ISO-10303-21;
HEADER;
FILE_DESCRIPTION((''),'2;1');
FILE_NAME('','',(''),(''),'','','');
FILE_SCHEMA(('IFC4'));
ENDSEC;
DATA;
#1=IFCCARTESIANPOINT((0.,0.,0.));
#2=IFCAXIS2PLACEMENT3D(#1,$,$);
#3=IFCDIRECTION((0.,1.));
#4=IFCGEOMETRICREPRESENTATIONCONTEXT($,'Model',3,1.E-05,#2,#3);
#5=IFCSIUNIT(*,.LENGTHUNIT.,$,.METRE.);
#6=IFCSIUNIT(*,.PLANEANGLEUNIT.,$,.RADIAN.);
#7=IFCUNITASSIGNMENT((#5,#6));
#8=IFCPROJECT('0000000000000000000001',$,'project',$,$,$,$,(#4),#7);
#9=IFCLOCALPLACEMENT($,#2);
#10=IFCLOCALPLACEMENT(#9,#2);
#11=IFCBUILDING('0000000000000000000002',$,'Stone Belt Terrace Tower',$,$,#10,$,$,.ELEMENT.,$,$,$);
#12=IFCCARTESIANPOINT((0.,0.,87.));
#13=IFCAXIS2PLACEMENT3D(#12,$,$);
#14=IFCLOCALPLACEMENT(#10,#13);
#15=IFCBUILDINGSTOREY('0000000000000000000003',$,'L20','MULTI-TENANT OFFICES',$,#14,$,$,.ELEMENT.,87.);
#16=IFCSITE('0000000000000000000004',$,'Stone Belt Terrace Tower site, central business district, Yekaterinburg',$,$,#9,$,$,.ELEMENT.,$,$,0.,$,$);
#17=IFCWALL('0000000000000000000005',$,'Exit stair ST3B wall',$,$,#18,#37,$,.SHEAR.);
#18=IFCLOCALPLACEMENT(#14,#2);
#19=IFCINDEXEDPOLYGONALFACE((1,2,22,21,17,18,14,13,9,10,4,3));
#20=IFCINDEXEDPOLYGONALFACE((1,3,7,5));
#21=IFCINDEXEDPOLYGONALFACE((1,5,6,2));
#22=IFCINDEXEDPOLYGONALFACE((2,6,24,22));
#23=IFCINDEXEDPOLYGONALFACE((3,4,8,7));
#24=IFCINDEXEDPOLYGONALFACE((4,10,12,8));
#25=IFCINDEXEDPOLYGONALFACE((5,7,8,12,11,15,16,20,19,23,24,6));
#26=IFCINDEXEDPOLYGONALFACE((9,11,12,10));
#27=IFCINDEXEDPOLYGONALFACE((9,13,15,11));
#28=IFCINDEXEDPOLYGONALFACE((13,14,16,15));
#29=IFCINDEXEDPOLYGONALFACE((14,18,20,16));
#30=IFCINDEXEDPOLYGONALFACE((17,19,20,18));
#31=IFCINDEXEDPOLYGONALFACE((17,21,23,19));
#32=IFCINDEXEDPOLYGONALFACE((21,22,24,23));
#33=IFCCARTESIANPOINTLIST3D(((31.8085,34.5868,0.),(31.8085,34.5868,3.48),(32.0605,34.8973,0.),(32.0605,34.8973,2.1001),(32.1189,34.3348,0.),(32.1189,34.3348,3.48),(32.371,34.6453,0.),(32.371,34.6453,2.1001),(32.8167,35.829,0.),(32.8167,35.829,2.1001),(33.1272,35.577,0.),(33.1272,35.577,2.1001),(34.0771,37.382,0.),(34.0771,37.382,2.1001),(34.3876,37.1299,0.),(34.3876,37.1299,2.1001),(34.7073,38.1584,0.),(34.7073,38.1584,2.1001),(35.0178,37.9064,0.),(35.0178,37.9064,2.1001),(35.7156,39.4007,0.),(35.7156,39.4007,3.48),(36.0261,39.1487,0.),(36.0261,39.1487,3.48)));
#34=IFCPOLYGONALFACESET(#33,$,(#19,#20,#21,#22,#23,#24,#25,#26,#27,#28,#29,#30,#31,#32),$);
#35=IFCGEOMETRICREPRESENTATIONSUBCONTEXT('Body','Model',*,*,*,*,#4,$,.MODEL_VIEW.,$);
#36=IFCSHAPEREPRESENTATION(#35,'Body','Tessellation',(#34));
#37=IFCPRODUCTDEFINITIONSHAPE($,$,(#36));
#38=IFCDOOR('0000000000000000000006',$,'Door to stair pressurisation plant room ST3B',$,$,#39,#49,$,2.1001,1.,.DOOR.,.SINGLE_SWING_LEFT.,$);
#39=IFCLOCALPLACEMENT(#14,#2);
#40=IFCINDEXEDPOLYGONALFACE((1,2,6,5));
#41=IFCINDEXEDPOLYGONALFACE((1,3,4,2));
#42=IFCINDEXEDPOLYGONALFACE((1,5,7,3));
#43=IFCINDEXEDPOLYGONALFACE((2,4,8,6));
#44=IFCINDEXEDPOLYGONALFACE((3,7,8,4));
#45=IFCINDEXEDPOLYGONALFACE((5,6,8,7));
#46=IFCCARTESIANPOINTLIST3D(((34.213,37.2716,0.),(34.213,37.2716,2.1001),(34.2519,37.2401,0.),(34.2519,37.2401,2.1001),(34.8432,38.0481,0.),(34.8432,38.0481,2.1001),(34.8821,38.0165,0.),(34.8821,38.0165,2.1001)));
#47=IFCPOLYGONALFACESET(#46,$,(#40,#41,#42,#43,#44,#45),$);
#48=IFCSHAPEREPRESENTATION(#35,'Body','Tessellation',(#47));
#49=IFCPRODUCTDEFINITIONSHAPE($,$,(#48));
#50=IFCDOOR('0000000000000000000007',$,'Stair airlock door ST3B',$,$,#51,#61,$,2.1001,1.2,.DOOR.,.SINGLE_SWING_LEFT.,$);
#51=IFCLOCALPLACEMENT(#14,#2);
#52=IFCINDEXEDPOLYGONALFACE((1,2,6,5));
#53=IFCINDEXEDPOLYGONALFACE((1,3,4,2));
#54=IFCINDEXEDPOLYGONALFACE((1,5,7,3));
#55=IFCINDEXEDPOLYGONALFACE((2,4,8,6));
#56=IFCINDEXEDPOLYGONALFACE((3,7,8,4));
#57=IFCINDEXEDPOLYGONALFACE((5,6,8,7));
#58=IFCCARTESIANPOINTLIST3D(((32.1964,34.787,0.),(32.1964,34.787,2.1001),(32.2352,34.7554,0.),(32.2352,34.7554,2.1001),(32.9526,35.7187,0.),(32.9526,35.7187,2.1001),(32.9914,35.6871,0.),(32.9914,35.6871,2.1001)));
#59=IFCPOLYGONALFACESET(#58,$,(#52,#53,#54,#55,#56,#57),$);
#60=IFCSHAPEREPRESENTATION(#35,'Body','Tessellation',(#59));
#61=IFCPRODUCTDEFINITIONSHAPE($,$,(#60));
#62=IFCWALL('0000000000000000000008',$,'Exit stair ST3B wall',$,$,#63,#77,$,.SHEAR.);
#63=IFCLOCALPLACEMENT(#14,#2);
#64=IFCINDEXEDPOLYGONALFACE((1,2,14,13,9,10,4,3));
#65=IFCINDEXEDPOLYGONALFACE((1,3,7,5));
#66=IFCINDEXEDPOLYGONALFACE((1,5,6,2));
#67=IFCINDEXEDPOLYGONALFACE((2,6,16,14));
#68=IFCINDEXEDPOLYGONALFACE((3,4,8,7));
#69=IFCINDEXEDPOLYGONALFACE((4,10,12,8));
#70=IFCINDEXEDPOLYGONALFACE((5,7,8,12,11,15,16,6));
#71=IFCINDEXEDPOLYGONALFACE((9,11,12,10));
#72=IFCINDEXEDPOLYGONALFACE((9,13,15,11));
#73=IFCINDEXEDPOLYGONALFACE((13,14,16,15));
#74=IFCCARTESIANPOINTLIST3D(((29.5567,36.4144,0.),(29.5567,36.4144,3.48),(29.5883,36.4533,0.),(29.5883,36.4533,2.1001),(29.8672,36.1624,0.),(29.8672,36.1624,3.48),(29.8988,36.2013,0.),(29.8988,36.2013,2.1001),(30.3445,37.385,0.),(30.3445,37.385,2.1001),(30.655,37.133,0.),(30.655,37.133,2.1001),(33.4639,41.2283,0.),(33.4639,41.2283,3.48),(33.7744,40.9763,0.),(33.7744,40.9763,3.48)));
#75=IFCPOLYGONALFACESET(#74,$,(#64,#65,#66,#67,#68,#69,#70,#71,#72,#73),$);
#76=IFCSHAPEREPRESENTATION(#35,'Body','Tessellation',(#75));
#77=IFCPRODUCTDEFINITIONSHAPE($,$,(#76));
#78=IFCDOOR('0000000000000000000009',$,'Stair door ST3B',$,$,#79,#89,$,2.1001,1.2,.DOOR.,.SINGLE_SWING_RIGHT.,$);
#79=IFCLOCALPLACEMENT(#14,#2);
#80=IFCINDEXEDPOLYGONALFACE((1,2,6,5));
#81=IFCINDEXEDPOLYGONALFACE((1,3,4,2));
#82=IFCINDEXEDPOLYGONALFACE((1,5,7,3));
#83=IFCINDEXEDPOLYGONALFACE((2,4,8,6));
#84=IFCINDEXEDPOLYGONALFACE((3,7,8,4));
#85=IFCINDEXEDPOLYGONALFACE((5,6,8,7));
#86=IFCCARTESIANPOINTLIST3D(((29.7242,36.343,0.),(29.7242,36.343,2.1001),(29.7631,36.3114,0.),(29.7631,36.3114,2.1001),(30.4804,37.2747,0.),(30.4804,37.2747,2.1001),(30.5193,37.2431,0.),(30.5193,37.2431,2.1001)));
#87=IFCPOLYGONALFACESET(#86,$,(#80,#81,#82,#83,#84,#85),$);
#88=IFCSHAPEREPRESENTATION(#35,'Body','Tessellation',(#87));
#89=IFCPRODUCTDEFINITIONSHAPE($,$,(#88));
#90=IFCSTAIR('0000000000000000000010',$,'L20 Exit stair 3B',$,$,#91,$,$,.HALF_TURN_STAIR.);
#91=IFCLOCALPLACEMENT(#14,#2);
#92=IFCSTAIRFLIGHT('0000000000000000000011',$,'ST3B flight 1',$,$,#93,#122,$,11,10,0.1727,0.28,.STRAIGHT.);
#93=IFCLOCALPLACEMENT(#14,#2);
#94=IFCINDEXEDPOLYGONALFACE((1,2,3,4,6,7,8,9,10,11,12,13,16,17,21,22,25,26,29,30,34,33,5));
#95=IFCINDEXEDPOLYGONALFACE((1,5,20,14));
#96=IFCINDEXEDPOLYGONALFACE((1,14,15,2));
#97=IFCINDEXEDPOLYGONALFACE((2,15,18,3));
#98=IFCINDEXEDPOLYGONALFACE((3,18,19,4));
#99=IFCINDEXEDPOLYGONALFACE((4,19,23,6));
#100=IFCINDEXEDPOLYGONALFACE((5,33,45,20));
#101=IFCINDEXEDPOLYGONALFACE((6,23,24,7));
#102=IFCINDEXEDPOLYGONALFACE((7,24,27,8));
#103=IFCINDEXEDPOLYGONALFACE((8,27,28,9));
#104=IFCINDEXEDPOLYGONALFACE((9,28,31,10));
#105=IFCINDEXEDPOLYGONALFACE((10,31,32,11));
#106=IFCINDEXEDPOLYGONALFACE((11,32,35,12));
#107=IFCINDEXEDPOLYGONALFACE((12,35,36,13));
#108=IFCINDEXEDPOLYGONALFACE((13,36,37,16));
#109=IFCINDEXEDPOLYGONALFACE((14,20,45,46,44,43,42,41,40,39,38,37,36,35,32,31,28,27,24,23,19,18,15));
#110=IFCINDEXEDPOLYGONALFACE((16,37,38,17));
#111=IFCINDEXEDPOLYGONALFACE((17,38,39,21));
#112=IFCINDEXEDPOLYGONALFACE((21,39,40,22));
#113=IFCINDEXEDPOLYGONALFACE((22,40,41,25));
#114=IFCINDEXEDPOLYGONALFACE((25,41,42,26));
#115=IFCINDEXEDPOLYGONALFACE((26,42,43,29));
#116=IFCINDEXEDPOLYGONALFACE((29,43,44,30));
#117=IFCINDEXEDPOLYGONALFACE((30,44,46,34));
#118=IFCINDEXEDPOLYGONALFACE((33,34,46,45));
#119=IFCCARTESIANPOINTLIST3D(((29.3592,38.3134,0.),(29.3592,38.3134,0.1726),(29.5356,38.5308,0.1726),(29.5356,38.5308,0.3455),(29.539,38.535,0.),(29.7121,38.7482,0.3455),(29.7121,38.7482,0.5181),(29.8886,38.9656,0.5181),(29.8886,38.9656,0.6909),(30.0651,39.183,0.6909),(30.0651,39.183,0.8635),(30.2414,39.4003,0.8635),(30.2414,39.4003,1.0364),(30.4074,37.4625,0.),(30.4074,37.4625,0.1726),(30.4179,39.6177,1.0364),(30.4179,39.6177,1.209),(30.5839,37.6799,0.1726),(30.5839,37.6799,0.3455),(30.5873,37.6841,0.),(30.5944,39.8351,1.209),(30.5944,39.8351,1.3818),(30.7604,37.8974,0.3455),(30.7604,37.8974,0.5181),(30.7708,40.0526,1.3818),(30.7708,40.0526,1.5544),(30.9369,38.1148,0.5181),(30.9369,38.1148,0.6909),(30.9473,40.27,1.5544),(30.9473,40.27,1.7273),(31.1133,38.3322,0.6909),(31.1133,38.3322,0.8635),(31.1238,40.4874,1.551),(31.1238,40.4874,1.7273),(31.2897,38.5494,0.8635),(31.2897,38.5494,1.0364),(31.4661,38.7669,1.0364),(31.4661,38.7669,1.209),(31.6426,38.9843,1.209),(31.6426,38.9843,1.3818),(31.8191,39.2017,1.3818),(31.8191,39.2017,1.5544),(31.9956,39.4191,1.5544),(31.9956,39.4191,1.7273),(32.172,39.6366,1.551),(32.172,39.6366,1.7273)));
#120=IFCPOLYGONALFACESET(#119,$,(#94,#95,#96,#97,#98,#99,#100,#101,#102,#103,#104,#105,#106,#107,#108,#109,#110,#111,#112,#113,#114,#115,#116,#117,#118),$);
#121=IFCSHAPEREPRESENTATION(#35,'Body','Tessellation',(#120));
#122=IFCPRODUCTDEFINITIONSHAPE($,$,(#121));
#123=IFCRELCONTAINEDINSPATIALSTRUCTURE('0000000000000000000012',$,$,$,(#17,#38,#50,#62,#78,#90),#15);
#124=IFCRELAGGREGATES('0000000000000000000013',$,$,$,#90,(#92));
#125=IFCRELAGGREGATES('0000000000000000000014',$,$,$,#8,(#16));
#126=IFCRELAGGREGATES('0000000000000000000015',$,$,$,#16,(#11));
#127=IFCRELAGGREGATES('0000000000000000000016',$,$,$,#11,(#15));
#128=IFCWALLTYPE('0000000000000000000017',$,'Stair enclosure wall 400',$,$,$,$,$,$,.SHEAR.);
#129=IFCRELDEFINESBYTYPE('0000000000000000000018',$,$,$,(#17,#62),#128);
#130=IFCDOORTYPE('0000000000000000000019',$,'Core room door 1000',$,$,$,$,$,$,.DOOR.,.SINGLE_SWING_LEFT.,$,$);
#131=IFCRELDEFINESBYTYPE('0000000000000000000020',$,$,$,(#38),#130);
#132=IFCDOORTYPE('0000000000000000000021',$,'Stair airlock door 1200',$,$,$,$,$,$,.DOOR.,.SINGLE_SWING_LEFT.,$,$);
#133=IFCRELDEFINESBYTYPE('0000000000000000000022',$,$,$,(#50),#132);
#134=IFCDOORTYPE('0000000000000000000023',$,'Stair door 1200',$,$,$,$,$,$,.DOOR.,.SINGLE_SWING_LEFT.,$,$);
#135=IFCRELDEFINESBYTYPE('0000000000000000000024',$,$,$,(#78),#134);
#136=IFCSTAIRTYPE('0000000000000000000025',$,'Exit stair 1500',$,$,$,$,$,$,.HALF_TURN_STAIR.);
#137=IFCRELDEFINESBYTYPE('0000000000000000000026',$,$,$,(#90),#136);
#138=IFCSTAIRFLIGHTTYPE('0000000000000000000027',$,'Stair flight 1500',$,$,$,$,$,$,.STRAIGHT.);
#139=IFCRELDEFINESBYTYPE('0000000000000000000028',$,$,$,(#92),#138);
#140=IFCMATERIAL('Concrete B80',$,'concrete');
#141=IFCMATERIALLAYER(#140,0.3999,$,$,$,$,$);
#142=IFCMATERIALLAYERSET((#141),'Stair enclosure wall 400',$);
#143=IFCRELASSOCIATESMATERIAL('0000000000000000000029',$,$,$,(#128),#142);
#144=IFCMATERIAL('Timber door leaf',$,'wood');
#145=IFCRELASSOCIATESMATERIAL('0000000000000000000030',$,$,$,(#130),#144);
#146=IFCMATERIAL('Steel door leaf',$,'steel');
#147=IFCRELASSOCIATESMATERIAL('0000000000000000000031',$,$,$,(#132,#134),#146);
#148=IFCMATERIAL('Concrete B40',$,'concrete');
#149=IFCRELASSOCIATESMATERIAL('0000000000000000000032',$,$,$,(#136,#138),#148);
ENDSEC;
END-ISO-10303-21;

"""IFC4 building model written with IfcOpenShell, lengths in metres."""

from ifc_helpers import new_model, si_unit, direction, frame, frame_2d, origin, place, context, subcontext, project, spatial, polyline, rectangle, outline, extrude, material, layer, layer_set, type_object, element, fill, aggregate, save


model = new_model("IFC4")

# Units and contexts
model_context = context("Model", 3, precision=1e-05, world=origin(), true_north=direction((0.0, 1.0)))
body_context = subcontext(model_context, "Body", "Model", "MODEL_VIEW")
ifc_project = project(units=[si_unit("LENGTHUNIT", "METRE"), si_unit("PLANEANGLEUNIT", "RADIAN")], contexts=[model_context])

# Site, building, storey
site_placement = place(None, origin())
site = spatial("IfcSite", under=ifc_project, at=site_placement, Name="Stone Belt Terrace Tower site, central business district, Yekaterinburg", CompositionType="ELEMENT", RefElevation=0.0)
building_placement = place(site_placement, origin())
building = spatial("IfcBuilding", under=site, at=building_placement, Name="Stone Belt Terrace Tower", CompositionType="ELEMENT")
storey_placement = place(building_placement, frame((0.0, 0.0, 87.0)))
storey = spatial("IfcBuildingStorey", under=building, at=storey_placement, Name="L20", Description="MULTI-TENANT OFFICES", CompositionType="ELEMENT", Elevation=87.0)

# Shared definitions
ifc_material_1 = material(Name="Concrete B80", Category="concrete")

# Shared definitions
ifc_material_2 = material(Name="Concrete B40", Category="concrete")

# Shared definitions
ifc_material_3 = material(Name="Timber door leaf", Category="wood")

# Shared definitions
ifc_layer_1 = layer(ifc_material_1, 0.3999)
ifc_layer_set_1 = layer_set([ifc_layer_1], Name="Stair enclosure wall 400")
wall_type_1 = type_object("IfcWallType", Name="Stair enclosure wall 400", PredefinedType="SHEAR", material=ifc_layer_set_1)

# Wall, openings, doors
wall_1_placement = place(storey_placement, frame((31.9636, 34.4607, 0.0), z_axis=(0.0, 0.0, 1.0), x_axis=(0.630192, 0.776439, 0.0)))
wall_1 = element("IfcWall", 1, at=wall_1_placement, inside=storey, type_object=wall_type_1, Name="Exit stair ST3B wall", PredefinedType="SHEAR", context=body_context, shape_type="SweptSolid", body=[
    extrude(rectangle(XDim=6.2, YDim=0.3999, at=frame_2d((3.1001, 0.0))), origin(), (0.0, 0.0, 1.0), 3.48),
])
opening_1_placement = place(wall_1_placement, frame((0.3999, 0.0, 0.0)))
opening_1 = element("IfcOpeningElement", 2, at=opening_1_placement, cuts=wall_1, PredefinedType="OPENING", context=body_context, shape_type="SweptSolid", body=[
    extrude(rectangle(XDim=1.2, YDim=2.1001, at=frame_2d((0.6001, 1.05))), frame((0.0, 0.21, 0.0), z_axis=(0.0, -1.0, 0.0), x_axis=(1.0, 0.0, 0.0)), (0.0, 0.0, 1.0), 0.4199),
])
opening_2_placement = place(wall_1_placement, frame((3.6001, 0.0, 0.0)))
opening_2 = element("IfcOpeningElement", 3, at=opening_2_placement, cuts=wall_1, PredefinedType="OPENING", context=body_context, shape_type="SweptSolid", body=[
    extrude(rectangle(XDim=1.0, YDim=2.1001, at=frame_2d((0.5, 1.05))), frame((0.0, 0.21, 0.0), z_axis=(0.0, -1.0, 0.0), x_axis=(1.0, 0.0, 0.0)), (0.0, 0.0, 1.0), 0.4199),
])
door_type_1 = type_object("IfcDoorType", Name="Core room door 1000", OperationType="SINGLE_SWING_LEFT", PredefinedType="DOOR", material=ifc_material_3)
door_1_placement = place(opening_2_placement, origin())
door_1 = element("IfcDoor", 4, at=door_1_placement, inside=storey, type_object=door_type_1, Name="Door to stair pressurisation plant room ST3B", OperationType="SINGLE_SWING_LEFT", OverallHeight=2.1001, OverallWidth=1.0, PredefinedType="DOOR", context=body_context, shape_type="SweptSolid", body=[
    extrude(rectangle(XDim=1.0, YDim=2.1001, at=frame_2d((0.5, 1.05))), frame((0.0, 0.0249, 0.0), z_axis=(0.0, -1.0, 0.0), x_axis=(1.0, 0.0, 0.0)), (0.0, 0.0, 1.0), 0.05),
])
fill(opening_2, door_1)
ifc_material_4 = material(Name="Steel door leaf", Category="steel")
door_type_2 = type_object("IfcDoorType", Name="Stair airlock door 1200", OperationType="SINGLE_SWING_LEFT", PredefinedType="DOOR", material=ifc_material_4)
door_2_placement = place(opening_1_placement, origin())
door_2 = element("IfcDoor", 5, at=door_2_placement, inside=storey, type_object=door_type_2, Name="Stair airlock door ST3B", OperationType="SINGLE_SWING_LEFT", OverallHeight=2.1001, OverallWidth=1.2, PredefinedType="DOOR", context=body_context, shape_type="SweptSolid", body=[
    extrude(rectangle(XDim=1.2, YDim=2.1001, at=frame_2d((0.6001, 1.05))), frame((0.0, 0.0249, 0.0), z_axis=(0.0, -1.0, 0.0), x_axis=(1.0, 0.0, 0.0)), (0.0, 0.0, 1.0), 0.05),
])
fill(opening_1, door_2)

# Wall, opening, door
wall_2_placement = place(storey_placement, frame((29.7119, 36.2883, 0.0), z_axis=(0.0, 0.0, 1.0), x_axis=(0.630192, 0.776439, 0.0)))
wall_2 = element("IfcWall", 6, at=wall_2_placement, inside=storey, type_object=wall_type_1, Name="Exit stair ST3B wall", PredefinedType="SHEAR", context=body_context, shape_type="SweptSolid", body=[
    extrude(rectangle(XDim=6.2, YDim=0.3999, at=frame_2d((3.1001, 0.0))), origin(), (0.0, 0.0, 1.0), 3.48),
])
opening_3_placement = place(wall_2_placement, frame((0.05, 0.0, 0.0)))
opening_3 = element("IfcOpeningElement", 7, at=opening_3_placement, cuts=wall_2, PredefinedType="OPENING", context=body_context, shape_type="SweptSolid", body=[
    extrude(rectangle(XDim=1.2, YDim=2.1001, at=frame_2d((0.6001, 1.05))), frame((0.0, 0.21, 0.0), z_axis=(0.0, -1.0, 0.0), x_axis=(1.0, 0.0, 0.0)), (0.0, 0.0, 1.0), 0.4199),
])
door_type_3 = type_object("IfcDoorType", Name="Stair door 1200", OperationType="SINGLE_SWING_LEFT", PredefinedType="DOOR", material=ifc_material_4)
door_3_placement = place(opening_3_placement, origin())
door_3 = element("IfcDoor", 8, at=door_3_placement, inside=storey, type_object=door_type_3, Name="Stair door ST3B", OperationType="SINGLE_SWING_RIGHT", OverallHeight=2.1001, OverallWidth=1.2, PredefinedType="DOOR", context=body_context, shape_type="SweptSolid", body=[
    extrude(rectangle(XDim=1.2, YDim=2.1001, at=frame_2d((0.6001, 1.05))), frame((0.0, 0.0249, 0.0), z_axis=(0.0, -1.0, 0.0), x_axis=(1.0, 0.0, 0.0)), (0.0, 0.0, 1.0), 0.05),
])
fill(opening_3, door_3)

# Stair, stair flight
stair_type = type_object("IfcStairType", Name="Exit stair 1500", PredefinedType="HALF_TURN_STAIR", material=ifc_material_2)
stair_placement = place(storey_placement, origin())
stair = element("IfcStair", 9, at=stair_placement, inside=storey, type_object=stair_type, Name="L20 Exit stair 3B", PredefinedType="HALF_TURN_STAIR")
stair_flight_type = type_object("IfcStairFlightType", Name="Stair flight 1500", PredefinedType="STRAIGHT", material=ifc_material_2)
stair_flight_placement = place(storey_placement, frame((29.8833, 37.8879, 0.0), z_axis=(0.0, 0.0, 1.0), x_axis=(0.630206, 0.776428, 0.0)))
stair_flight = element("IfcStairFlight", 10, at=stair_flight_placement, type_object=stair_flight_type, Name="ST3B flight 1", NumberOfRisers=11, NumberOfTreads=10, PredefinedType="STRAIGHT", RiserHeight=0.1727, TreadLength=0.28, context=body_context, shape_type="SweptSolid", body=[
    extrude(outline(polyline([(0.0, 0.0), (0.0, 0.1726), (0.28, 0.1726), (0.28, 0.3455), (0.5601, 0.3455), (0.5601, 0.5181), (0.8401, 0.5181), (0.8401, 0.6909), (1.1201, 0.6909), (1.1201, 0.8635), (1.3999, 0.8635), (1.3999, 1.0364), (1.6799, 1.0364), (1.6799, 1.209), (1.96, 1.209), (1.96, 1.3818), (2.24, 1.3818), (2.24, 1.5544), (2.52, 1.5544), (2.52, 1.7273), (2.8, 1.7273), (2.8, 1.8999), (2.8, 1.551), (0.2854, 0.0), (0.0, 0.0)])), frame((0.0, 0.675, 0.0), z_axis=(0.0, -1.0, 0.0), x_axis=(1.0, 0.0, 0.0)), (0.0, 0.0, 1.0), 1.3501),
])
aggregate(stair, [stair_flight])

save(model, "model.ifc")
